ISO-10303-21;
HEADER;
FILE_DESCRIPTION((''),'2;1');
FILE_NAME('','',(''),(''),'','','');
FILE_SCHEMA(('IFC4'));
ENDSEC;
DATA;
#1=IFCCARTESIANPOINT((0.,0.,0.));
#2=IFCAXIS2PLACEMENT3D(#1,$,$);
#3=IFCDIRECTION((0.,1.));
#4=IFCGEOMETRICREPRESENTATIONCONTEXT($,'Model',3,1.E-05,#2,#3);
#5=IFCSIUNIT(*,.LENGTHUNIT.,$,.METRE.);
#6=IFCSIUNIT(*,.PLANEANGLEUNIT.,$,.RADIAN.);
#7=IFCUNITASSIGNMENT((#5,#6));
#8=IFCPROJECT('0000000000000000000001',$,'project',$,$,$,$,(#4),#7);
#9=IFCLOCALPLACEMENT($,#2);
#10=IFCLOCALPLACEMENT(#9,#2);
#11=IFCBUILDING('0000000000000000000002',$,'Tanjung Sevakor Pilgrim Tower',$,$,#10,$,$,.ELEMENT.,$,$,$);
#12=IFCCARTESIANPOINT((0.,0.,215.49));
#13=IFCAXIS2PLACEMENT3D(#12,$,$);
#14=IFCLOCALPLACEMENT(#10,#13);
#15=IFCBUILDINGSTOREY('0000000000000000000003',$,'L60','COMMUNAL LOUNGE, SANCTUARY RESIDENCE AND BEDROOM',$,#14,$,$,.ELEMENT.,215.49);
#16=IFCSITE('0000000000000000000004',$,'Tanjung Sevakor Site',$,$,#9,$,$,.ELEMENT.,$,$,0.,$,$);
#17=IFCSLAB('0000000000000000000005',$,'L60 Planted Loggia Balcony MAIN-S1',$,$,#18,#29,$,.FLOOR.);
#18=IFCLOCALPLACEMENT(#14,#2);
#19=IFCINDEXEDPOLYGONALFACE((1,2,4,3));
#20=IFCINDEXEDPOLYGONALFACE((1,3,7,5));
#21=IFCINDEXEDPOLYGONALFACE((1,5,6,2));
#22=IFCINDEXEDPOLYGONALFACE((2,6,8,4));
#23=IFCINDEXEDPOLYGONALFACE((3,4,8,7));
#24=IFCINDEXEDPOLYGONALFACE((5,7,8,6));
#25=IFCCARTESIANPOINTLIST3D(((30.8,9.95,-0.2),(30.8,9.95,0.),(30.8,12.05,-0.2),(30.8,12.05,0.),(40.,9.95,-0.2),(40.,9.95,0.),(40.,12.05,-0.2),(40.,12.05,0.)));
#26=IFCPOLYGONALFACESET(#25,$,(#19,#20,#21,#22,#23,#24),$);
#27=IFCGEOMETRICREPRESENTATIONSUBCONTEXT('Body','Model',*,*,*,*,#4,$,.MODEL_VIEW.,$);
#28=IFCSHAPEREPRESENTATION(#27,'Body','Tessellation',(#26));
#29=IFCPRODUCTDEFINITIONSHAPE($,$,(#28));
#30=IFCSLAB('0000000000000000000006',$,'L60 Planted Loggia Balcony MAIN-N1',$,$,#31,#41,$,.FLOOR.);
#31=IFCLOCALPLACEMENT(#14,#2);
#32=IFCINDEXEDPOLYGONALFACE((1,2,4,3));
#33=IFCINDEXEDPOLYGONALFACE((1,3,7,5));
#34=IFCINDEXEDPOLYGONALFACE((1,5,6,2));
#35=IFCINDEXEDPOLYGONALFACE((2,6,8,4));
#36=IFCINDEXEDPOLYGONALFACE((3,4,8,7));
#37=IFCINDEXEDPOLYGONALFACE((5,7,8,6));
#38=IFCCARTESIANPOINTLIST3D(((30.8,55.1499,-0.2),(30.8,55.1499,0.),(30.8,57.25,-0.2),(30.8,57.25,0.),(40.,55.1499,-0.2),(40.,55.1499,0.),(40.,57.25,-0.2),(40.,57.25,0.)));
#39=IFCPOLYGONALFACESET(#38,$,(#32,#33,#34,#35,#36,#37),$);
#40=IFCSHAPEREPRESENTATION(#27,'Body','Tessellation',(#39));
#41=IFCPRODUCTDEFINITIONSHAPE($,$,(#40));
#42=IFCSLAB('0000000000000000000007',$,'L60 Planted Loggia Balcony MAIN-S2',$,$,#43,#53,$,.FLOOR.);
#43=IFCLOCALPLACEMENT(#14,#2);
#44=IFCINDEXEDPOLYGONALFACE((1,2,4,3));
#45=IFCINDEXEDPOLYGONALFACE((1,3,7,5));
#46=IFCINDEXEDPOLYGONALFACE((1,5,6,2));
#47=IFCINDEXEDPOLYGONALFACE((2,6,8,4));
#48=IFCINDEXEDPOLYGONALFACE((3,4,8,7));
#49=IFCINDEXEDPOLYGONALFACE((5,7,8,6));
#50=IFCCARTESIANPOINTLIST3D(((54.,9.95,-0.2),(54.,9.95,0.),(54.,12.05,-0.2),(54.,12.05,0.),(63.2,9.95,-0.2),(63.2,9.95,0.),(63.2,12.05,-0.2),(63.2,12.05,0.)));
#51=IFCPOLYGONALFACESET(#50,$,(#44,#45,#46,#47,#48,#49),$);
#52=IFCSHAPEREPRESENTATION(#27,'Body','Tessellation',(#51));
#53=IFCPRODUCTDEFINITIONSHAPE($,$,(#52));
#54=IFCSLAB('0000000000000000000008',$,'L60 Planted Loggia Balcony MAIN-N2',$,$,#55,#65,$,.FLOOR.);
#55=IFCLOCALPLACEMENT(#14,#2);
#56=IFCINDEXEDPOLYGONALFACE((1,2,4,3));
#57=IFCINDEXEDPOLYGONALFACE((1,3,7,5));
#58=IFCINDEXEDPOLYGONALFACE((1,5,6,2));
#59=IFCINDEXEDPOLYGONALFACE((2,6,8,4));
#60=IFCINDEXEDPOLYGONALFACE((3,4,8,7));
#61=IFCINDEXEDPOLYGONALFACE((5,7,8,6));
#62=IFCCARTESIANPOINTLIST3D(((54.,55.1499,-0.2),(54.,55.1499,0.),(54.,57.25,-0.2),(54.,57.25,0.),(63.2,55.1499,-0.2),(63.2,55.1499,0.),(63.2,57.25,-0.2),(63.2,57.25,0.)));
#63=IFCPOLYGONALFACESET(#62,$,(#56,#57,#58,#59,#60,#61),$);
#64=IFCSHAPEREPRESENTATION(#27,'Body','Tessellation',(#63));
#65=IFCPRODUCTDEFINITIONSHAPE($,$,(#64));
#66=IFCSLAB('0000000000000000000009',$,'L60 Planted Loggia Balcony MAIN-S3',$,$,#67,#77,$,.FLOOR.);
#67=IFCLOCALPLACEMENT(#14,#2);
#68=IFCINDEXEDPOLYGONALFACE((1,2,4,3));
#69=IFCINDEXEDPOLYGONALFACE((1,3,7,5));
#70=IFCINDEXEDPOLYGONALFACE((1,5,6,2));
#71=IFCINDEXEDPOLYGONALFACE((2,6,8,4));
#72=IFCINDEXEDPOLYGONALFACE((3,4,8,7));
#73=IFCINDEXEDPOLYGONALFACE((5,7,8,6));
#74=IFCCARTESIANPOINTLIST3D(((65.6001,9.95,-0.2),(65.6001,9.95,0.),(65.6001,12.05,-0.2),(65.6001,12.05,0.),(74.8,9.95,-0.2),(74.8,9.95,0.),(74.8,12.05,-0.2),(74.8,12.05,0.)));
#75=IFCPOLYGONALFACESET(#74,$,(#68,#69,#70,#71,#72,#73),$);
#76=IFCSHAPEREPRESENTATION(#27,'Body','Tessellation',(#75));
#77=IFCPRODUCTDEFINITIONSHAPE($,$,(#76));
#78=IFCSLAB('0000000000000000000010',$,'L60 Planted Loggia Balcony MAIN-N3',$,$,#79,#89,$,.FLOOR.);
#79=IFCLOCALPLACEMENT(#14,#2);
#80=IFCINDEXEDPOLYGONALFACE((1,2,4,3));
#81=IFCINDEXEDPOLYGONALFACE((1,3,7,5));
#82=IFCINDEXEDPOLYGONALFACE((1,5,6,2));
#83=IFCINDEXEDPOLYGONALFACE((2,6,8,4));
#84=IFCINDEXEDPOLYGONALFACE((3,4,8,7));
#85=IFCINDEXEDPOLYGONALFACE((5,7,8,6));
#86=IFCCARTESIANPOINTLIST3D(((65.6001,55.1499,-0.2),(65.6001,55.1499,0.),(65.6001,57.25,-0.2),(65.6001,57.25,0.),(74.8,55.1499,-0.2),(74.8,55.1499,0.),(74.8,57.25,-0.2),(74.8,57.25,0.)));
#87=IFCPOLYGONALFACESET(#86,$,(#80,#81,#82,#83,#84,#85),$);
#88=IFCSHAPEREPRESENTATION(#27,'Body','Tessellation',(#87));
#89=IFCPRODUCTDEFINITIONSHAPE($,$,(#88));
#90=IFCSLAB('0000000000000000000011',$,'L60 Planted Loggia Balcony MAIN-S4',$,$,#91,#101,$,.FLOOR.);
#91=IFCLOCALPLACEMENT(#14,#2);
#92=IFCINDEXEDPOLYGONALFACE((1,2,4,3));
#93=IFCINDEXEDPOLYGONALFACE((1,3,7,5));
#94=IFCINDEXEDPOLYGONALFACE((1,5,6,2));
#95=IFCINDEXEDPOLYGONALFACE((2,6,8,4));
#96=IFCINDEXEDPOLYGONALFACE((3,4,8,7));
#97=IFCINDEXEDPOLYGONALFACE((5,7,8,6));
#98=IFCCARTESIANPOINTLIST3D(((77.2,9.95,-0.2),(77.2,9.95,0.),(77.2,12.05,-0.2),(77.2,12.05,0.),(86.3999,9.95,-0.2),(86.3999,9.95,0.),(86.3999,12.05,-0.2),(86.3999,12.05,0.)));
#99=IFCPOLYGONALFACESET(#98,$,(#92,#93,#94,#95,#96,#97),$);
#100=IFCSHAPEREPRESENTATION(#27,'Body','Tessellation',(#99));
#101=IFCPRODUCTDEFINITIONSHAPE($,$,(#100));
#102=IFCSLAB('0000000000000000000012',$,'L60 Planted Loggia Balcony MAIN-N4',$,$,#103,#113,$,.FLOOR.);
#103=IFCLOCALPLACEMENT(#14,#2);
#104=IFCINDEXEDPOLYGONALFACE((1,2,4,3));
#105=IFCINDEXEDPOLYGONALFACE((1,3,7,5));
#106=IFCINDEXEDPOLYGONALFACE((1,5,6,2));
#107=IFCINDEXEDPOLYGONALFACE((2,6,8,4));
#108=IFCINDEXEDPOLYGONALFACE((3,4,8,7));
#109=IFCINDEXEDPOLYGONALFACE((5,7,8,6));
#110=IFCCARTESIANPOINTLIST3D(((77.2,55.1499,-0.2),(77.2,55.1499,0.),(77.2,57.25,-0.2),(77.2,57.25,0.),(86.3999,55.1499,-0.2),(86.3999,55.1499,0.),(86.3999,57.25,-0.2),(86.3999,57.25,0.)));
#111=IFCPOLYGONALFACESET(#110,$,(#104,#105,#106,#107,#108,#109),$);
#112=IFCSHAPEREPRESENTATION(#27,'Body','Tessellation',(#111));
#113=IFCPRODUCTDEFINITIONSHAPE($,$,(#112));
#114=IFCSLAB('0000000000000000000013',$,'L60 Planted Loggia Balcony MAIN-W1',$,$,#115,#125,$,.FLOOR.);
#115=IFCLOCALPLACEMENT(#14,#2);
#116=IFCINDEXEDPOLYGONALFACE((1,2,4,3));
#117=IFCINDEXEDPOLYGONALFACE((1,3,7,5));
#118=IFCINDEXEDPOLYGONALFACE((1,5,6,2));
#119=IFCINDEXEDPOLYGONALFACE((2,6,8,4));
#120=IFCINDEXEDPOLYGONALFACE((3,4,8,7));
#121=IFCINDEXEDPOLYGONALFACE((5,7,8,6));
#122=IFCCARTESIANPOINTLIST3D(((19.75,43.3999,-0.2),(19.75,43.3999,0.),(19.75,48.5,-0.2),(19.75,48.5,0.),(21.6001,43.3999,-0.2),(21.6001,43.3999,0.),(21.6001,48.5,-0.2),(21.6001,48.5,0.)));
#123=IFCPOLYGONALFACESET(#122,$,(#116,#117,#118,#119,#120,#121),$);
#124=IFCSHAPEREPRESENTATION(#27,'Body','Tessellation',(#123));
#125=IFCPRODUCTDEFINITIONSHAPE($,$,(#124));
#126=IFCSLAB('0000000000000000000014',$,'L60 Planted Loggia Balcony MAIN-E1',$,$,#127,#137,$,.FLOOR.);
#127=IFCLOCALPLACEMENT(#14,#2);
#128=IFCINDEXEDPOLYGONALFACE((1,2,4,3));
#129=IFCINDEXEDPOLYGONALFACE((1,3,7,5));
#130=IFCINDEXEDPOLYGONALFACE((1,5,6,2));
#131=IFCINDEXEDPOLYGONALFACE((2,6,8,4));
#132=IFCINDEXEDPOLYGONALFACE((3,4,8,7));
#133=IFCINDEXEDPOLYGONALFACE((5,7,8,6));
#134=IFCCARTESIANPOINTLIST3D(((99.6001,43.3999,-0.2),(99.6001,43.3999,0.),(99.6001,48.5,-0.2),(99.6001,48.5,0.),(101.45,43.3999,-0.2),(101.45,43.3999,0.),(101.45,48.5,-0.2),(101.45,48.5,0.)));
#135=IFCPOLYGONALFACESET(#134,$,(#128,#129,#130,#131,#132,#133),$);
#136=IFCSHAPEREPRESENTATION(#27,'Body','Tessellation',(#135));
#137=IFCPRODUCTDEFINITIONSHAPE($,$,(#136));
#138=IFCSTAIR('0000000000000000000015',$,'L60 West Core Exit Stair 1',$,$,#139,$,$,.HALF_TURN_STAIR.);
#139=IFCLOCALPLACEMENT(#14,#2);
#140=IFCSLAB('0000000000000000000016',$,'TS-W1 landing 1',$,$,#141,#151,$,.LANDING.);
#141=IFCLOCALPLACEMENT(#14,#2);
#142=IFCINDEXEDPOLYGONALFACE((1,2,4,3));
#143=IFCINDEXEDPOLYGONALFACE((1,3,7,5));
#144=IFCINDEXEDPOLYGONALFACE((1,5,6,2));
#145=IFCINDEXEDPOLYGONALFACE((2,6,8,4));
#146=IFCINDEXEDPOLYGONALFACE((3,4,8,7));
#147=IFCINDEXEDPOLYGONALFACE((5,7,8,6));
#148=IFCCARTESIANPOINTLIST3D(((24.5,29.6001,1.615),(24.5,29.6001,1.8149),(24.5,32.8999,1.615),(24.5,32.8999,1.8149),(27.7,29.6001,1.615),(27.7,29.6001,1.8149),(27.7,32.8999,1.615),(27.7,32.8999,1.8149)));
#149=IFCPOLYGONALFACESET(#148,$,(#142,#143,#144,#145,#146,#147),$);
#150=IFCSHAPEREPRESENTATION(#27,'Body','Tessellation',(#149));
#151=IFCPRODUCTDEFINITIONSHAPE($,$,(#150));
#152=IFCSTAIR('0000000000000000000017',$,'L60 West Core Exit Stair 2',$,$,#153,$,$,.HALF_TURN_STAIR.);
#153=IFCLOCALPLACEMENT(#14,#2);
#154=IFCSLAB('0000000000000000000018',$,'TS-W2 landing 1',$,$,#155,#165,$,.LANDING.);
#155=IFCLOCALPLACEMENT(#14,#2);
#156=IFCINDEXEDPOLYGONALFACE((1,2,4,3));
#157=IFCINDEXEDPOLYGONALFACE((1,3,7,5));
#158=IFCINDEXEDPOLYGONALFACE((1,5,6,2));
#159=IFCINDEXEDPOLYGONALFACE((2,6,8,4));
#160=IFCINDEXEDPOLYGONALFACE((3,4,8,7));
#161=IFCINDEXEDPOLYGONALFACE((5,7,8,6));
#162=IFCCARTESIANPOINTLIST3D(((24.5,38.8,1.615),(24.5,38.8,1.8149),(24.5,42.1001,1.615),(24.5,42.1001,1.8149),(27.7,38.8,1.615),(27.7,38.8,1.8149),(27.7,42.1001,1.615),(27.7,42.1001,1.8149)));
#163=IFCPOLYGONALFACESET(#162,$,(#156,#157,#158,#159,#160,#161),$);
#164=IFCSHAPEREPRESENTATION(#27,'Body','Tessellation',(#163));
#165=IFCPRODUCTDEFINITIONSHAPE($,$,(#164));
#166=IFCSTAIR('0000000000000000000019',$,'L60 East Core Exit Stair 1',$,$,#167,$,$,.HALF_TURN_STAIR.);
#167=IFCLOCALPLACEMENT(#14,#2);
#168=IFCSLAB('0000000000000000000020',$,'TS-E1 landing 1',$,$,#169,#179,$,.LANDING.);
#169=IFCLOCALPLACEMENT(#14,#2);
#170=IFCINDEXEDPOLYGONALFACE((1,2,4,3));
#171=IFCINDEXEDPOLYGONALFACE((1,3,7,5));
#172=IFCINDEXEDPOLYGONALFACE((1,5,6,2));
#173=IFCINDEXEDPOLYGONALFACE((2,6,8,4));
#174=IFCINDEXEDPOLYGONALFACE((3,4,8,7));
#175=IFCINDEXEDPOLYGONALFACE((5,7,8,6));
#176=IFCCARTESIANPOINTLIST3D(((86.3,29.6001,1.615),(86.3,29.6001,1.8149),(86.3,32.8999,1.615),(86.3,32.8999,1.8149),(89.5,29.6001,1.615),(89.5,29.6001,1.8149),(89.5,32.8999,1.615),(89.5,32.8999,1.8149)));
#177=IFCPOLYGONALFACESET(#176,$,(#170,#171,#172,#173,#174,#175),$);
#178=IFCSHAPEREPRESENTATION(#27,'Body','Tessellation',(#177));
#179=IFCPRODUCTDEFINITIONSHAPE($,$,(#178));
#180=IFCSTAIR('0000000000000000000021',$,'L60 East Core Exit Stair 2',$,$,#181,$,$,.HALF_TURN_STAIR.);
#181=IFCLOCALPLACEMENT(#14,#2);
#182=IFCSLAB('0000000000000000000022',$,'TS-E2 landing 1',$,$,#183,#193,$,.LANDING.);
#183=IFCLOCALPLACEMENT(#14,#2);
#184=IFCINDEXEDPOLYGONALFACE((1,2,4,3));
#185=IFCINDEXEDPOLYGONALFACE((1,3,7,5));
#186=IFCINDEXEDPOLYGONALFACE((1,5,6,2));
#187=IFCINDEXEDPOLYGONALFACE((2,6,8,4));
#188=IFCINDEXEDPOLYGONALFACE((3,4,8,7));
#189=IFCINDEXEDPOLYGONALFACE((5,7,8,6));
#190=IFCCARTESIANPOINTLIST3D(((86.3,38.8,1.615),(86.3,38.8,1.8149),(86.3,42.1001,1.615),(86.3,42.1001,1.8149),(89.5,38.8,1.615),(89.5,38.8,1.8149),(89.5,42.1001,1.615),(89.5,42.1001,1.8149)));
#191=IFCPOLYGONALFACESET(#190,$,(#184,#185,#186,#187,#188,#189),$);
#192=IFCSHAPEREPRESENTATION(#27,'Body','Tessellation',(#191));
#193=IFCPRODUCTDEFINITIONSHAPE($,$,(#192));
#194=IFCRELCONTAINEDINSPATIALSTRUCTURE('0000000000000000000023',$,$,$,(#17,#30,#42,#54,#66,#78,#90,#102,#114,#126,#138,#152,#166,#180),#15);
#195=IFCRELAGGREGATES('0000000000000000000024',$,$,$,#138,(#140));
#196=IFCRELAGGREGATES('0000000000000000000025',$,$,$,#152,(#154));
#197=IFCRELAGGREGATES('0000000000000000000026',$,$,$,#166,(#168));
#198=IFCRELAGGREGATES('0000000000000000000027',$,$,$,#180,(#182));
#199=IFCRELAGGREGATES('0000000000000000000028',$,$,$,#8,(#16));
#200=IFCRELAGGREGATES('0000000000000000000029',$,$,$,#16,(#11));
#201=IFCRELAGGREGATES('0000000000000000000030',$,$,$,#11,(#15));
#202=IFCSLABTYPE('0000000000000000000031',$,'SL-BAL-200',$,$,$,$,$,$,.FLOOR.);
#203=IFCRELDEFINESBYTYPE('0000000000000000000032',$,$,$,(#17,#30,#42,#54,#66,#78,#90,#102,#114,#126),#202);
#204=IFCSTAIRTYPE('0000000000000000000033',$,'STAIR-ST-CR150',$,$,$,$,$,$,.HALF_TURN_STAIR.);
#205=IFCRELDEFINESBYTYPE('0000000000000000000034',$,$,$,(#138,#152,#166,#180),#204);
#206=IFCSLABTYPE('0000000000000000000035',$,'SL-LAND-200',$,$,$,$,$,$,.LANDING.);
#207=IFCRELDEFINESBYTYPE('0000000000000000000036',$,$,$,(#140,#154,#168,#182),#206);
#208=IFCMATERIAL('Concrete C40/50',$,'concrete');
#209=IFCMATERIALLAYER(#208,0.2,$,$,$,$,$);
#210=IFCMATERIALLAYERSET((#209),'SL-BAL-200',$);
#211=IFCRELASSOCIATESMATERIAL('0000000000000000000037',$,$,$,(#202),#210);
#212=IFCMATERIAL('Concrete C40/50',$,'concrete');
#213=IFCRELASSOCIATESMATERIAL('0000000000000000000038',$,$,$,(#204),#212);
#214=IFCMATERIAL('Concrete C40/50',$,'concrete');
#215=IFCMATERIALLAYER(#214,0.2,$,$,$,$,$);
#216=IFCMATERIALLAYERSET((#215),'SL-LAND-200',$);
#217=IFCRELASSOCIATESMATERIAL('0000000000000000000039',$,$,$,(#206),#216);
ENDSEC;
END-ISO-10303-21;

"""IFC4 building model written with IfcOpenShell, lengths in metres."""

from ifc_helpers import new_model, si_unit, direction, frame, origin, place, context, subcontext, project, spatial, polyline, outline, extrude, material, layer, layer_set, type_object, element, aggregate, save


model = new_model("IFC4")

# Units and contexts
model_context = context("Model", 3, precision=1e-05, world=origin(), true_north=direction((0.0, 1.0)))
body_context = subcontext(model_context, "Body", "Model", "MODEL_VIEW")
ifc_project = project(units=[si_unit("LENGTHUNIT", "METRE"), si_unit("PLANEANGLEUNIT", "RADIAN")], contexts=[model_context])

# Site, building, storey
site_placement = place(None, origin())
site = spatial("IfcSite", under=ifc_project, at=site_placement, Name="Tanjung Sevakor Site", CompositionType="ELEMENT", RefElevation=0.0)
building_placement = place(site_placement, origin())
building = spatial("IfcBuilding", under=site, at=building_placement, Name="Tanjung Sevakor Pilgrim Tower", CompositionType="ELEMENT")
storey_placement = place(building_placement, frame((0.0, 0.0, 215.49)))
storey = spatial("IfcBuildingStorey", under=building, at=storey_placement, Name="L60", Description="COMMUNAL LOUNGE, SANCTUARY RESIDENCE AND BEDROOM", CompositionType="ELEMENT", Elevation=215.49)

# Slabs
ifc_material_1 = material(Name="Concrete C40/50", Category="concrete")
ifc_layer_1 = layer(ifc_material_1, 0.2)
ifc_layer_set_1 = layer_set([ifc_layer_1], Name="SL-BAL-200")
slab_type_1 = type_object("IfcSlabType", Name="SL-BAL-200", PredefinedType="FLOOR", material=ifc_layer_set_1)
slab_1_placement = place(storey_placement, frame((0.0, 0.0, -0.2)))
element("IfcSlab", 1, at=slab_1_placement, inside=storey, type_object=slab_type_1, Name="L60 Planted Loggia Balcony MAIN-S1", PredefinedType="FLOOR", context=body_context, shape_type="SweptSolid", body=[
    extrude(outline(polyline([(30.8, 9.95), (40.0, 9.95), (40.0, 12.05), (30.8, 12.05), (30.8, 9.95)])), origin(), (0.0, 0.0, 1.0), 0.2),
])
slab_2_placement = place(storey_placement, frame((0.0, 0.0, -0.2)))
element("IfcSlab", 2, at=slab_2_placement, inside=storey, type_object=slab_type_1, Name="L60 Planted Loggia Balcony MAIN-N1", PredefinedType="FLOOR", context=body_context, shape_type="SweptSolid", body=[
    extrude(outline(polyline([(30.8, 55.1499), (40.0, 55.1499), (40.0, 57.25), (30.8, 57.25), (30.8, 55.1499)])), origin(), (0.0, 0.0, 1.0), 0.2),
])
slab_3_placement = place(storey_placement, frame((0.0, 0.0, -0.2)))
element("IfcSlab", 3, at=slab_3_placement, inside=storey, type_object=slab_type_1, Name="L60 Planted Loggia Balcony MAIN-S2", PredefinedType="FLOOR", context=body_context, shape_type="SweptSolid", body=[
    extrude(outline(polyline([(54.0, 9.95), (63.2, 9.95), (63.2, 12.05), (54.0, 12.05), (54.0, 9.95)])), origin(), (0.0, 0.0, 1.0), 0.2),
])
slab_4_placement = place(storey_placement, frame((0.0, 0.0, -0.2)))
element("IfcSlab", 4, at=slab_4_placement, inside=storey, type_object=slab_type_1, Name="L60 Planted Loggia Balcony MAIN-N2", PredefinedType="FLOOR", context=body_context, shape_type="SweptSolid", body=[
    extrude(outline(polyline([(54.0, 55.1499), (63.2, 55.1499), (63.2, 57.25), (54.0, 57.25), (54.0, 55.1499)])), origin(), (0.0, 0.0, 1.0), 0.2),
])
slab_5_placement = place(storey_placement, frame((0.0, 0.0, -0.2)))
element("IfcSlab", 5, at=slab_5_placement, inside=storey, type_object=slab_type_1, Name="L60 Planted Loggia Balcony MAIN-S3", PredefinedType="FLOOR", context=body_context, shape_type="SweptSolid", body=[
    extrude(outline(polyline([(65.6001, 9.95), (74.8, 9.95), (74.8, 12.05), (65.6001, 12.05), (65.6001, 9.95)])), origin(), (0.0, 0.0, 1.0), 0.2),
])
slab_6_placement = place(storey_placement, frame((0.0, 0.0, -0.2)))
element("IfcSlab", 6, at=slab_6_placement, inside=storey, type_object=slab_type_1, Name="L60 Planted Loggia Balcony MAIN-N3", PredefinedType="FLOOR", context=body_context, shape_type="SweptSolid", body=[
    extrude(outline(polyline([(65.6001, 55.1499), (74.8, 55.1499), (74.8, 57.25), (65.6001, 57.25), (65.6001, 55.1499)])), origin(), (0.0, 0.0, 1.0), 0.2),
])
slab_7_placement = place(storey_placement, frame((0.0, 0.0, -0.2)))
element("IfcSlab", 7, at=slab_7_placement, inside=storey, type_object=slab_type_1, Name="L60 Planted Loggia Balcony MAIN-S4", PredefinedType="FLOOR", context=body_context, shape_type="SweptSolid", body=[
    extrude(outline(polyline([(77.2, 9.95), (86.3999, 9.95), (86.3999, 12.05), (77.2, 12.05), (77.2, 9.95)])), origin(), (0.0, 0.0, 1.0), 0.2),
])
slab_8_placement = place(storey_placement, frame((0.0, 0.0, -0.2)))
element("IfcSlab", 8, at=slab_8_placement, inside=storey, type_object=slab_type_1, Name="L60 Planted Loggia Balcony MAIN-N4", PredefinedType="FLOOR", context=body_context, shape_type="SweptSolid", body=[
    extrude(outline(polyline([(77.2, 55.1499), (86.3999, 55.1499), (86.3999, 57.25), (77.2, 57.25), (77.2, 55.1499)])), origin(), (0.0, 0.0, 1.0), 0.2),
])
slab_9_placement = place(storey_placement, frame((0.0, 0.0, -0.2)))
element("IfcSlab", 9, at=slab_9_placement, inside=storey, type_object=slab_type_1, Name="L60 Planted Loggia Balcony MAIN-W1", PredefinedType="FLOOR", context=body_context, shape_type="SweptSolid", body=[
    extrude(outline(polyline([(19.75, 43.3999), (21.6001, 43.3999), (21.6001, 48.5), (19.75, 48.5), (19.75, 43.3999)])), origin(), (0.0, 0.0, 1.0), 0.2),
])
slab_10_placement = place(storey_placement, frame((0.0, 0.0, -0.2)))
element("IfcSlab", 10, at=slab_10_placement, inside=storey, type_object=slab_type_1, Name="L60 Planted Loggia Balcony MAIN-E1", PredefinedType="FLOOR", context=body_context, shape_type="SweptSolid", body=[
    extrude(outline(polyline([(99.6001, 43.3999), (101.45, 43.3999), (101.45, 48.5), (99.6001, 48.5), (99.6001, 43.3999)])), origin(), (0.0, 0.0, 1.0), 0.2),
])

# Stairs, slabs
ifc_material_2 = material(Name="Concrete C40/50", Category="concrete")
stair_type = type_object("IfcStairType", Name="STAIR-ST-CR150", PredefinedType="HALF_TURN_STAIR", material=ifc_material_2)
stair_1_placement = place(storey_placement, origin())
stair_1 = element("IfcStair", 11, at=stair_1_placement, inside=storey, type_object=stair_type, Name="L60 West Core Exit Stair 1", PredefinedType="HALF_TURN_STAIR")
ifc_material_3 = material(Name="Concrete C40/50", Category="concrete")
ifc_layer_2 = layer(ifc_material_3, 0.2)
ifc_layer_set_2 = layer_set([ifc_layer_2], Name="SL-LAND-200")
slab_type_2 = type_object("IfcSlabType", Name="SL-LAND-200", PredefinedType="LANDING", material=ifc_layer_set_2)
slab_11_placement = place(storey_placement, frame((0.0, 0.0, 1.615)))
slab_11 = element("IfcSlab", 12, at=slab_11_placement, type_object=slab_type_2, Name="TS-W1 landing 1", PredefinedType="LANDING", context=body_context, shape_type="SweptSolid", body=[
    extrude(outline(polyline([(27.7, 29.6001), (27.7, 32.8999), (24.5, 32.8999), (24.5, 29.6001), (27.7, 29.6001)])), origin(), (0.0, 0.0, 1.0), 0.2),
])
aggregate(stair_1, [slab_11])
stair_2_placement = place(storey_placement, origin())
stair_2 = element("IfcStair", 13, at=stair_2_placement, inside=storey, type_object=stair_type, Name="L60 West Core Exit Stair 2", PredefinedType="HALF_TURN_STAIR")
slab_12_placement = place(storey_placement, frame((0.0, 0.0, 1.615)))
slab_12 = element("IfcSlab", 14, at=slab_12_placement, type_object=slab_type_2, Name="TS-W2 landing 1", PredefinedType="LANDING", context=body_context, shape_type="SweptSolid", body=[
    extrude(outline(polyline([(27.7, 38.8), (27.7, 42.1001), (24.5, 42.1001), (24.5, 38.8), (27.7, 38.8)])), origin(), (0.0, 0.0, 1.0), 0.2),
])
aggregate(stair_2, [slab_12])
stair_3_placement = place(storey_placement, origin())
stair_3 = element("IfcStair", 15, at=stair_3_placement, inside=storey, type_object=stair_type, Name="L60 East Core Exit Stair 1", PredefinedType="HALF_TURN_STAIR")
slab_13_placement = place(storey_placement, frame((0.0, 0.0, 1.615)))
slab_13 = element("IfcSlab", 16, at=slab_13_placement, type_object=slab_type_2, Name="TS-E1 landing 1", PredefinedType="LANDING", context=body_context, shape_type="SweptSolid", body=[
    extrude(outline(polyline([(89.5, 29.6001), (89.5, 32.8999), (86.3, 32.8999), (86.3, 29.6001), (89.5, 29.6001)])), origin(), (0.0, 0.0, 1.0), 0.2),
])
aggregate(stair_3, [slab_13])
stair_4_placement = place(storey_placement, origin())
stair_4 = element("IfcStair", 17, at=stair_4_placement, inside=storey, type_object=stair_type, Name="L60 East Core Exit Stair 2", PredefinedType="HALF_TURN_STAIR")
slab_14_placement = place(storey_placement, frame((0.0, 0.0, 1.615)))
slab_14 = element("IfcSlab", 18, at=slab_14_placement, type_object=slab_type_2, Name="TS-E2 landing 1", PredefinedType="LANDING", context=body_context, shape_type="SweptSolid", body=[
    extrude(outline(polyline([(89.5, 38.8), (89.5, 42.1001), (86.3, 42.1001), (86.3, 38.8), (89.5, 38.8)])), origin(), (0.0, 0.0, 1.0), 0.2),
])
aggregate(stair_4, [slab_14])

save(model, "model.ifc")
